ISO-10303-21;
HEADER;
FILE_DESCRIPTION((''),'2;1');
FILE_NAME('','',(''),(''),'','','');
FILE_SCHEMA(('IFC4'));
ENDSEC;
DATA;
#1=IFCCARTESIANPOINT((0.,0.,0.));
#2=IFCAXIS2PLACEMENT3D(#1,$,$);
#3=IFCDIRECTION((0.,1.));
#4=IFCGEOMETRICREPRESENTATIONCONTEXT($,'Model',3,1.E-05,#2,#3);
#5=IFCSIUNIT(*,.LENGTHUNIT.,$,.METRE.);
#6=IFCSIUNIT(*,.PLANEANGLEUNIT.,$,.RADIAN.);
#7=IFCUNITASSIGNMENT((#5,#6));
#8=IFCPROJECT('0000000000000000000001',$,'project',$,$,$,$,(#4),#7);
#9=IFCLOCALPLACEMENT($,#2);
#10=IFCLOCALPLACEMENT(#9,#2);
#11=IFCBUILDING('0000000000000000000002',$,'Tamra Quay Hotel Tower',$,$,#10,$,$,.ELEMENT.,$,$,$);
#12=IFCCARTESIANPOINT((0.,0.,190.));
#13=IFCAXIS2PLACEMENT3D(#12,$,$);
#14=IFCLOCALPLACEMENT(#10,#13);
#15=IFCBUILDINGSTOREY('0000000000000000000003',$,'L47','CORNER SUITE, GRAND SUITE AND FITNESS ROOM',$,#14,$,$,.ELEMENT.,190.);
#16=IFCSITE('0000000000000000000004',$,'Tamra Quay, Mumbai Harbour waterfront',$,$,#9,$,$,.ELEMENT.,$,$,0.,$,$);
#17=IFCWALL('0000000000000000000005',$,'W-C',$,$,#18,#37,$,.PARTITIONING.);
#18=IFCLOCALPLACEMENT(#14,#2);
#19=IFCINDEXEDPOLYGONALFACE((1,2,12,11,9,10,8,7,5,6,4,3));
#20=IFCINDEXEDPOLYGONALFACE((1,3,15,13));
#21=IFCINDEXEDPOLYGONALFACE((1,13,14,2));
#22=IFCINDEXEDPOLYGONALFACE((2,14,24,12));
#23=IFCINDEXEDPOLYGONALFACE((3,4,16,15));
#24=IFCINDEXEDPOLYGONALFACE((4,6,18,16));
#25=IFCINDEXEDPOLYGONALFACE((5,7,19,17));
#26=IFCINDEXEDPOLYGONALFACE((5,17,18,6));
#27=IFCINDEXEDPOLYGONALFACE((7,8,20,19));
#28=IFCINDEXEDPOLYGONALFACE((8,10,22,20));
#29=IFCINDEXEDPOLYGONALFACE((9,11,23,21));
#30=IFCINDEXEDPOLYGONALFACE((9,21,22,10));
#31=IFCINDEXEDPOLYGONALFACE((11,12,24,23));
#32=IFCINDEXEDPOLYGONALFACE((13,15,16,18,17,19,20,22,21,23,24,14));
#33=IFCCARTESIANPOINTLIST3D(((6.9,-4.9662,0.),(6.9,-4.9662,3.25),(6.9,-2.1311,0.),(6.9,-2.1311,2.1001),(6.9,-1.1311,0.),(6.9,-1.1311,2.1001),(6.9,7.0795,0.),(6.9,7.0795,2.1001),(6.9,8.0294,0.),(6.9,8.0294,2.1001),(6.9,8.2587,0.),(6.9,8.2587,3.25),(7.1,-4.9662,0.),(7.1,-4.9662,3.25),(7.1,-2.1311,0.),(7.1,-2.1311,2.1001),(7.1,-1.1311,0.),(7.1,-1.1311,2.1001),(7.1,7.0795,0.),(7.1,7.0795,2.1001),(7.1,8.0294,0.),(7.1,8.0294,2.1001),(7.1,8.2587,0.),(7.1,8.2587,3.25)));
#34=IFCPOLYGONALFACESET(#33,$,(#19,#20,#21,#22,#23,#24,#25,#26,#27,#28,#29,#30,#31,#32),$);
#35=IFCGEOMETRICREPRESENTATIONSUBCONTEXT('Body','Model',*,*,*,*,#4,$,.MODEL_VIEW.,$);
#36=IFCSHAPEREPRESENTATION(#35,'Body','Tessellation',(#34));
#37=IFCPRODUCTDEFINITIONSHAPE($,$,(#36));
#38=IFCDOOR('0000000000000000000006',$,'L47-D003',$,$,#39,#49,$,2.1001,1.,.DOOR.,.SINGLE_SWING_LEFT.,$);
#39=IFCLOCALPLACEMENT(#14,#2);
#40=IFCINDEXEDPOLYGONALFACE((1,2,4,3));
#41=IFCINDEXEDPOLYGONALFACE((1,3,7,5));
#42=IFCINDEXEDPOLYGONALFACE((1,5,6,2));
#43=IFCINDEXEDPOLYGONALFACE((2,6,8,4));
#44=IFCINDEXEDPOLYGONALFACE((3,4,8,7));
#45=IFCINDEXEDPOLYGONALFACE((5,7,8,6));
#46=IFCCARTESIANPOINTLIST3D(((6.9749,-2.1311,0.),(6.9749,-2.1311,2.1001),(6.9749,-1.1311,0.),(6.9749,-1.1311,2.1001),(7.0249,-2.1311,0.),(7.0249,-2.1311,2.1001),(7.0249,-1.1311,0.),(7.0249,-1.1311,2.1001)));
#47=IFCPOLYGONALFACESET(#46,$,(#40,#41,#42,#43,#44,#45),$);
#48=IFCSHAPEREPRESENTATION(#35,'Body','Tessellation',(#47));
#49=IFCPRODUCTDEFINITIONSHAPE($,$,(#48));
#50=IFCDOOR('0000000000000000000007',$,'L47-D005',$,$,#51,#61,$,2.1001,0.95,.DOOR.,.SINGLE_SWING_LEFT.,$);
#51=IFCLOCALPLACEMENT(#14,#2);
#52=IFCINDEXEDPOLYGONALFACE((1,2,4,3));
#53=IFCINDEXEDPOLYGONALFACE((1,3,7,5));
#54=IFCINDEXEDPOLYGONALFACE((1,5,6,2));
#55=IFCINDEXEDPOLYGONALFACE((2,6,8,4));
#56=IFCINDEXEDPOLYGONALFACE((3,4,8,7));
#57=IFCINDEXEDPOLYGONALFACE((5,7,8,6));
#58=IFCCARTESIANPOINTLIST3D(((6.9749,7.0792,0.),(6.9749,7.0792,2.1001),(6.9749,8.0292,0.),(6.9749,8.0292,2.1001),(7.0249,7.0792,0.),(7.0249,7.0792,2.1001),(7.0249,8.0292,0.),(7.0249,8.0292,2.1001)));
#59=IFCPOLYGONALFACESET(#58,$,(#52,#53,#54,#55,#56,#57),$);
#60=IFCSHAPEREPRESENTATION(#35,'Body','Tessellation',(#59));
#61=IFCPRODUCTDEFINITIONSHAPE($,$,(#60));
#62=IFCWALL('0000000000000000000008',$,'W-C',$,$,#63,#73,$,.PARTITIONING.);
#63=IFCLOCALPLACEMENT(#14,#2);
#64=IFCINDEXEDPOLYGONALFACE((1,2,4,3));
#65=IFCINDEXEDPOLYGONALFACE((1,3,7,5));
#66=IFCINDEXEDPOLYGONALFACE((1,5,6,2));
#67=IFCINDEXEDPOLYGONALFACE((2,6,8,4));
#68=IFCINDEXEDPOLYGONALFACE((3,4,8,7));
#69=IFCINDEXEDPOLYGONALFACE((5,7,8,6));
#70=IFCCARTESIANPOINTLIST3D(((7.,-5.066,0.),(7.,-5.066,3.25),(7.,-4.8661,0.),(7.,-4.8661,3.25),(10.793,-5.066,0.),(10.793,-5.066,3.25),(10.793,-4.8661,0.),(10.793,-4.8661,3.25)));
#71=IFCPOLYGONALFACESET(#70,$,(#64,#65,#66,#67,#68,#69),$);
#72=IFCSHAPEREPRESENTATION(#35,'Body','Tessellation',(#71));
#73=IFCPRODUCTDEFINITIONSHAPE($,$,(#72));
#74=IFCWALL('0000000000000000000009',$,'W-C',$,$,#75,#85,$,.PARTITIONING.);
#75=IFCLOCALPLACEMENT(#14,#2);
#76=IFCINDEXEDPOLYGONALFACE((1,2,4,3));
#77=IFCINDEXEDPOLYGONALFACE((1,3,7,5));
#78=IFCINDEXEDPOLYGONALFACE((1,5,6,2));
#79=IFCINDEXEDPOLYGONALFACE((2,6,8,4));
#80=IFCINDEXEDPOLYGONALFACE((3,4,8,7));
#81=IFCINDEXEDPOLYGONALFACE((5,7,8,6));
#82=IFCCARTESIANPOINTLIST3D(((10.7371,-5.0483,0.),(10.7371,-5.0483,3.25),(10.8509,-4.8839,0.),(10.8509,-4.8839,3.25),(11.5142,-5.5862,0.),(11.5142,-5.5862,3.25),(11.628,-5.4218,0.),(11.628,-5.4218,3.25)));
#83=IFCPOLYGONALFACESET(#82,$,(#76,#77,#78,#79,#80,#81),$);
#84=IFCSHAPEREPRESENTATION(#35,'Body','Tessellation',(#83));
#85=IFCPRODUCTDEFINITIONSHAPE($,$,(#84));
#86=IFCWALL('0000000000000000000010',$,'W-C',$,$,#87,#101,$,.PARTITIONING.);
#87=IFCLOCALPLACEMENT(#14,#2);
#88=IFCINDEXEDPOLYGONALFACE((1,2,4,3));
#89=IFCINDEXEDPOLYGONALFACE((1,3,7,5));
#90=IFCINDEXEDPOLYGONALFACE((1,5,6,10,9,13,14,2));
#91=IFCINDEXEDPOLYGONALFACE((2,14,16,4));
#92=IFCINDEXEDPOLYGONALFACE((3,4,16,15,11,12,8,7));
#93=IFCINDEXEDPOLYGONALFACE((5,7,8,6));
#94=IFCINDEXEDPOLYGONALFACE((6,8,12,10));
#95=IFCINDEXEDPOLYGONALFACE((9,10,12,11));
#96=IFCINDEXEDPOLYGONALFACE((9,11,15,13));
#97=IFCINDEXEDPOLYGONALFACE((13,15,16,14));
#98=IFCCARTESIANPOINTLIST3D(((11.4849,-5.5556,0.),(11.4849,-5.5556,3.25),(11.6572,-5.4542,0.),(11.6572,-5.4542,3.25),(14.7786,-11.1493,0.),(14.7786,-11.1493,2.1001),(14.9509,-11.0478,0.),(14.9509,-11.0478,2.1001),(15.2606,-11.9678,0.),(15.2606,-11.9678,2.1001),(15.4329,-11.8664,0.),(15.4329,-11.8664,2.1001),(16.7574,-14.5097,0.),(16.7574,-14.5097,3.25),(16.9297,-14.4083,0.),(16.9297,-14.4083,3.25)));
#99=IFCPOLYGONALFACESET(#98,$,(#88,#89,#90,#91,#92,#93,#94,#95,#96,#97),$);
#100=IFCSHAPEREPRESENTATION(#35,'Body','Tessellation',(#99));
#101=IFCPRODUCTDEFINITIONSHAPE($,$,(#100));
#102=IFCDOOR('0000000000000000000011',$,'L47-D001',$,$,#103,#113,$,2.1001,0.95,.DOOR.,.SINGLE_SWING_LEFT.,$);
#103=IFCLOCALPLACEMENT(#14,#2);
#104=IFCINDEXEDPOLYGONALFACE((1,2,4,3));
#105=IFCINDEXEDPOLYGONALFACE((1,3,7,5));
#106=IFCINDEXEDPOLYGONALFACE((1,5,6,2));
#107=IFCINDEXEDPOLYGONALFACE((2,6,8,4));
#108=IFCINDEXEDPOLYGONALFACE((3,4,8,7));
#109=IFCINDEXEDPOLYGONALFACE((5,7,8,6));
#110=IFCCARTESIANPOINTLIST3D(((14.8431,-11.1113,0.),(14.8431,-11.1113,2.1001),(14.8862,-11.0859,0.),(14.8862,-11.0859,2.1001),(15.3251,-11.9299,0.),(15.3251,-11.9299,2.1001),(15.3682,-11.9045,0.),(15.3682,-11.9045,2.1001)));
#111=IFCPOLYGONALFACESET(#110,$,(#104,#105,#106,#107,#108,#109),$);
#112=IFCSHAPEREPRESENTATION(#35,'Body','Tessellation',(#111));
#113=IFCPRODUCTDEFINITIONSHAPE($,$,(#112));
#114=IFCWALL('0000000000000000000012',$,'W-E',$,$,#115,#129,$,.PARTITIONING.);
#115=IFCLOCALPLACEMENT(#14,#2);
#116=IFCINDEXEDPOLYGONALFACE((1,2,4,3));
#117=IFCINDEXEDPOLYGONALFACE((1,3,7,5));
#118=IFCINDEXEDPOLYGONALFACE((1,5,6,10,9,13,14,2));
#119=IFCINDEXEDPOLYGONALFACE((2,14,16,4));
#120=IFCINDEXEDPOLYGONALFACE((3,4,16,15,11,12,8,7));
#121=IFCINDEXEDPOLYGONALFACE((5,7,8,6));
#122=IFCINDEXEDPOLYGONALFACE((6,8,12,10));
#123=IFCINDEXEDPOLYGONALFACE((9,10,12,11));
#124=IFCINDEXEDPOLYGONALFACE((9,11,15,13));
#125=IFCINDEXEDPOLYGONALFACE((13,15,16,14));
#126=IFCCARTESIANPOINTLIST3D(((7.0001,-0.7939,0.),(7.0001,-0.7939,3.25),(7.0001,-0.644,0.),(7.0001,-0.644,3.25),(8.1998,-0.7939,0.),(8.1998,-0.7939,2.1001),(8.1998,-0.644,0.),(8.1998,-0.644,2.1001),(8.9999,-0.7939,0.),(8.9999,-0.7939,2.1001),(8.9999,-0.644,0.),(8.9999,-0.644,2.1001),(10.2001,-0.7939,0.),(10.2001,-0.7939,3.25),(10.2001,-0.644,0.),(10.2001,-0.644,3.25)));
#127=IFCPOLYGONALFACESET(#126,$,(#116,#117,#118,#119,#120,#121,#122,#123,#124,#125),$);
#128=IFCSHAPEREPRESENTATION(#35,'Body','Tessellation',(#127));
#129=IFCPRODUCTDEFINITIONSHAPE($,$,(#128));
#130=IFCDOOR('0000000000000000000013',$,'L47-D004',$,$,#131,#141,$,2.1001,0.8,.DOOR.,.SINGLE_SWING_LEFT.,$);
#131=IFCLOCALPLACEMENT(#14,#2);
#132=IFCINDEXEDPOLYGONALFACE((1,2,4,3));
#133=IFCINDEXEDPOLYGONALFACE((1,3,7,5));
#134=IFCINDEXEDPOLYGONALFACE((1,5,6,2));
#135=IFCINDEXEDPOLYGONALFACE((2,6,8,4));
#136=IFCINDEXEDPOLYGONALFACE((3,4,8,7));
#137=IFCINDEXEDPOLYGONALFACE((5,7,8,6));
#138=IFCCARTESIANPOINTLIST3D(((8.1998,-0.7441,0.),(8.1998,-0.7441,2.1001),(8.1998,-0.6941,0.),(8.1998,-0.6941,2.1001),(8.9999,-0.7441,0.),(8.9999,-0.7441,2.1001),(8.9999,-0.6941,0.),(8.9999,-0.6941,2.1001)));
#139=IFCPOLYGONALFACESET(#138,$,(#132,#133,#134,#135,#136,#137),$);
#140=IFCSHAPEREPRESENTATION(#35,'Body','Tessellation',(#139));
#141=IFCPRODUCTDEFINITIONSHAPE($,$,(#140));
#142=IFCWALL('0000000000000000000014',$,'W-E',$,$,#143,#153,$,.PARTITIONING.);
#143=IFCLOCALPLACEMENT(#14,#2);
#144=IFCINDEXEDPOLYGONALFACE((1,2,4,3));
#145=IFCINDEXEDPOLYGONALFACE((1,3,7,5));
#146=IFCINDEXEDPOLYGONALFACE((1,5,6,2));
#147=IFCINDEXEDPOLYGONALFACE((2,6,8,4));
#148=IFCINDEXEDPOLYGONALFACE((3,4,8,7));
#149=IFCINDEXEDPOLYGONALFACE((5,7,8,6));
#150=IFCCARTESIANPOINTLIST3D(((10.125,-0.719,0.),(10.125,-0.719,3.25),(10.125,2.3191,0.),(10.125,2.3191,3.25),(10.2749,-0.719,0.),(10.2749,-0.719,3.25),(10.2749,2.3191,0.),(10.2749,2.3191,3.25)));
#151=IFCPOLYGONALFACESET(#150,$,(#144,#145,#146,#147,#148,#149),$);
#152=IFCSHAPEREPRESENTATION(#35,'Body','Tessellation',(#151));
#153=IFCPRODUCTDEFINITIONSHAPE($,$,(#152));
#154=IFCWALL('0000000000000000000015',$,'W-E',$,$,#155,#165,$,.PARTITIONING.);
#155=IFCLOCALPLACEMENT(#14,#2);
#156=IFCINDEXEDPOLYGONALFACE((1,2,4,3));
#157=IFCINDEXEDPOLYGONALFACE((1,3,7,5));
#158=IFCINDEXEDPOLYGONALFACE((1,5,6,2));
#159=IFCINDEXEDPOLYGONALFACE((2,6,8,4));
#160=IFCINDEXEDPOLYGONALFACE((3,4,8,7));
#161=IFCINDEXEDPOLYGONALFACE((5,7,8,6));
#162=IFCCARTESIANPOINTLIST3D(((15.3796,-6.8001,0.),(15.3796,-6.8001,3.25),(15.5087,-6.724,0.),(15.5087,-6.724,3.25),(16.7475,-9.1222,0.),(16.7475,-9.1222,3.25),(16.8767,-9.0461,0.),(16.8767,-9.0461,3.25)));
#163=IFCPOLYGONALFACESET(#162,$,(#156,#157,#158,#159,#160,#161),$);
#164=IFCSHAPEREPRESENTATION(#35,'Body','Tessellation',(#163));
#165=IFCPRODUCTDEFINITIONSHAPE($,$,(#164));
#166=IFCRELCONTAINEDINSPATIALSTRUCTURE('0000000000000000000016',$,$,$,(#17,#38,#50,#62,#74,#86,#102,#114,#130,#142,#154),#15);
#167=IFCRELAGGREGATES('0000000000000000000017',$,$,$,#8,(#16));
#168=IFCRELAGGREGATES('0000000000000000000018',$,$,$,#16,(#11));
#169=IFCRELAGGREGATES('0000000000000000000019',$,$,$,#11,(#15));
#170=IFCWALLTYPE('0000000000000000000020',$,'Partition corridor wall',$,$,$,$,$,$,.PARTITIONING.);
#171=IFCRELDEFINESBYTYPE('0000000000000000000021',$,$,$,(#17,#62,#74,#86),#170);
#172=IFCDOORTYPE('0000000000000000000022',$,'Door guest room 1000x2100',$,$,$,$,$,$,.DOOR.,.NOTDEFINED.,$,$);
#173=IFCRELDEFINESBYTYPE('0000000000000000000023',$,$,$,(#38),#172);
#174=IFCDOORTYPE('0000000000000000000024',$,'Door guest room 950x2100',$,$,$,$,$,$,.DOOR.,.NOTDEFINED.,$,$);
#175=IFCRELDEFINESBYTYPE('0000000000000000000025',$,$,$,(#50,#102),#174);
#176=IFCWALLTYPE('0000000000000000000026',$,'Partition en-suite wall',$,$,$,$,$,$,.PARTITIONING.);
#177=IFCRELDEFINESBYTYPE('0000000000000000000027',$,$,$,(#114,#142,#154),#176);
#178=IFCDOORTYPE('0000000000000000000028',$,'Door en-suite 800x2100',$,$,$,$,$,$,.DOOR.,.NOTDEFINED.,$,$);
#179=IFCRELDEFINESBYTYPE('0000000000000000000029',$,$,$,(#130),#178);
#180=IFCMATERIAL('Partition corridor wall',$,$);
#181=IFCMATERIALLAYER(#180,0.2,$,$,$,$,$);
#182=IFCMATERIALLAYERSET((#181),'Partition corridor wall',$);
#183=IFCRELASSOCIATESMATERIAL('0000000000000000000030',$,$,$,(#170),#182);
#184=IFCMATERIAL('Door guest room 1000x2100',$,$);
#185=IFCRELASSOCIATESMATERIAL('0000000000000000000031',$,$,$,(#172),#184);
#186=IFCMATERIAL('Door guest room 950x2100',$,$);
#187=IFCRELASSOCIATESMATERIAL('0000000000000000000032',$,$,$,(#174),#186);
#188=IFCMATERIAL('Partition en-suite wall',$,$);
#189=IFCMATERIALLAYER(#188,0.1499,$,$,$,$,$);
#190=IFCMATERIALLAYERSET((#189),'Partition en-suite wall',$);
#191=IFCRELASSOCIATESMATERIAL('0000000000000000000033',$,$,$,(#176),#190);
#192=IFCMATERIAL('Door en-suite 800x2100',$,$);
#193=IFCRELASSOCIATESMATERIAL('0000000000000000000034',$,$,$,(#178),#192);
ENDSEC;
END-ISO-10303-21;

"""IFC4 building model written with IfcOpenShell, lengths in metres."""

from ifc_helpers import new_model, si_unit, direction, frame, frame_2d, origin, place, context, subcontext, project, spatial, rectangle, extrude, material, layer, layer_set, type_object, element, fill, save


model = new_model("IFC4")

# Units and contexts
model_context = context("Model", 3, precision=1e-05, world=origin(), true_north=direction((0.0, 1.0)))
body_context = subcontext(model_context, "Body", "Model", "MODEL_VIEW")
ifc_project = project(units=[si_unit("LENGTHUNIT", "METRE"), si_unit("PLANEANGLEUNIT", "RADIAN")], contexts=[model_context])

# Site, building, storey
site_placement = place(None, origin())
site = spatial("IfcSite", under=ifc_project, at=site_placement, Name="Tamra Quay, Mumbai Harbour waterfront", CompositionType="ELEMENT", RefElevation=0.0)
building_placement = place(site_placement, origin())
building = spatial("IfcBuilding", under=site, at=building_placement, Name="Tamra Quay Hotel Tower", CompositionType="ELEMENT")
storey_placement = place(building_placement, frame((0.0, 0.0, 190.0)))
storey = spatial("IfcBuildingStorey", under=building, at=storey_placement, Name="L47", Description="CORNER SUITE, GRAND SUITE AND FITNESS ROOM", CompositionType="ELEMENT", Elevation=190.0)

# Wall, openings, doors
ifc_material_1 = material(Name="Partition corridor wall")
ifc_layer_1 = layer(ifc_material_1, 0.2)
ifc_layer_set_1 = layer_set([ifc_layer_1], Name="Partition corridor wall")
wall_type_1 = type_object("IfcWallType", Name="Partition corridor wall", PredefinedType="PARTITIONING", material=ifc_layer_set_1)
wall_1_placement = place(storey_placement, frame((7.0, -4.9661, 0.0), z_axis=(0.0, 0.0, 1.0), x_axis=(0.0, 1.0, 0.0)))
wall_1 = element("IfcWall", 1, at=wall_1_placement, inside=storey, type_object=wall_type_1, Name="W-C", PredefinedType="PARTITIONING", context=body_context, shape_type="SweptSolid", body=[
    extrude(rectangle(XDim=13.2249, YDim=0.2, at=frame_2d((6.6123, 0.0))), origin(), (0.0, 0.0, 1.0), 3.25),
])
opening_1_placement = place(wall_1_placement, frame((2.835, 0.0, 0.0)))
opening_1 = element("IfcOpeningElement", 2, at=opening_1_placement, cuts=wall_1, PredefinedType="OPENING", context=body_context, shape_type="SweptSolid", body=[
    extrude(rectangle(XDim=1.0, YDim=2.1001, at=frame_2d((0.5, 1.05))), frame((0.0, 0.1099, 0.0), z_axis=(0.0, -1.0, 0.0), x_axis=(1.0, 0.0, 0.0)), (0.0, 0.0, 1.0), 0.22),
])
opening_2_placement = place(wall_1_placement, frame((12.0454, 0.0, 0.0)))
opening_2 = element("IfcOpeningElement", 3, at=opening_2_placement, cuts=wall_1, PredefinedType="OPENING", context=body_context, shape_type="SweptSolid", body=[
    extrude(rectangle(XDim=0.95, YDim=2.1001, at=frame_2d((0.4751, 1.05))), frame((0.0, 0.1099, 0.0), z_axis=(0.0, -1.0, 0.0), x_axis=(1.0, 0.0, 0.0)), (0.0, 0.0, 1.0), 0.22),
])
ifc_material_2 = material(Name="Door guest room 1000x2100")
door_type_1 = type_object("IfcDoorType", Name="Door guest room 1000x2100", OperationType="NOTDEFINED", PredefinedType="DOOR", material=ifc_material_2)
door_1_placement = place(opening_1_placement, frame((1.0, 0.0, 0.0), z_axis=(0.0, 0.0, 1.0), x_axis=(-1.0, 0.0, 0.0)))
door_1 = element("IfcDoor", 4, at=door_1_placement, inside=storey, type_object=door_type_1, Name="L47-D003", OperationType="SINGLE_SWING_LEFT", OverallHeight=2.1001, OverallWidth=1.0, PredefinedType="DOOR", context=body_context, shape_type="SweptSolid", body=[
    extrude(rectangle(XDim=1.0, YDim=2.1001, at=frame_2d((0.5, 1.05))), frame((0.0, 0.0249, 0.0), z_axis=(0.0, -1.0, 0.0), x_axis=(1.0, 0.0, 0.0)), (0.0, 0.0, 1.0), 0.05),
])
fill(opening_1, door_1)
ifc_material_3 = material(Name="Door guest room 950x2100")
door_type_2 = type_object("IfcDoorType", Name="Door guest room 950x2100", OperationType="NOTDEFINED", PredefinedType="DOOR", material=ifc_material_3)
door_2_placement = place(opening_2_placement, frame((0.95, 0.0, 0.0), z_axis=(0.0, 0.0, 1.0), x_axis=(-1.0, 0.0, 0.0)))
door_2 = element("IfcDoor", 5, at=door_2_placement, inside=storey, type_object=door_type_2, Name="L47-D005", OperationType="SINGLE_SWING_LEFT", OverallHeight=2.1001, OverallWidth=0.95, PredefinedType="DOOR", context=body_context, shape_type="SweptSolid", body=[
    extrude(rectangle(XDim=0.95, YDim=2.1001, at=frame_2d((0.4751, 1.05))), frame((0.0, 0.0249, 0.0), z_axis=(0.0, -1.0, 0.0), x_axis=(1.0, 0.0, 0.0)), (0.0, 0.0, 1.0), 0.05),
])
fill(opening_2, door_2)

# Walls
wall_2_placement = place(storey_placement, frame((7.0, -4.9661, 0.0), z_axis=(0.0, 0.0, 1.0), x_axis=(1.0, 0.0, 0.0)))
element("IfcWall", 6, at=wall_2_placement, inside=storey, type_object=wall_type_1, Name="W-C", PredefinedType="PARTITIONING", context=body_context, shape_type="SweptSolid", body=[
    extrude(rectangle(XDim=3.793, YDim=0.2, at=frame_2d((1.8965, 0.0))), origin(), (0.0, 0.0, 1.0), 3.25),
])
wall_3_placement = place(storey_placement, frame((10.7939, -4.9661, 0.0), z_axis=(0.0, 0.0, 1.0), x_axis=(0.822267, -0.569103, 0.0)))
element("IfcWall", 7, at=wall_3_placement, inside=storey, type_object=wall_type_1, Name="W-C", PredefinedType="PARTITIONING", context=body_context, shape_type="SweptSolid", body=[
    extrude(rectangle(XDim=0.9451, YDim=0.2, at=frame_2d((0.4727, 0.0))), origin(), (0.0, 0.0, 1.0), 3.25),
])

# Walls, openings, doors
wall_4_placement = place(storey_placement, frame((11.571, -5.5049, 0.0), z_axis=(0.0, 0.0, 1.0), x_axis=(0.507402, -0.861709, 0.0)))
wall_4 = element("IfcWall", 8, at=wall_4_placement, inside=storey, type_object=wall_type_1, Name="W-C", PredefinedType="PARTITIONING", context=body_context, shape_type="SweptSolid", body=[
    extrude(rectangle(XDim=10.3911, YDim=0.2, at=frame_2d((5.1956, 0.0))), origin(), (0.0, 0.0, 1.0), 3.25),
])
opening_3_placement = place(wall_4_placement, frame((6.4912, 0.0, 0.0)))
opening_3 = element("IfcOpeningElement", 9, at=opening_3_placement, cuts=wall_4, PredefinedType="OPENING", context=body_context, shape_type="SweptSolid", body=[
    extrude(rectangle(XDim=0.95, YDim=2.1001, at=frame_2d((0.4751, 1.05))), frame((0.0, 0.1099, 0.0), z_axis=(0.0, -1.0, 0.0), x_axis=(1.0, 0.0, 0.0)), (0.0, 0.0, 1.0), 0.22),
])
door_3_placement = place(opening_3_placement, origin())
door_3 = element("IfcDoor", 10, at=door_3_placement, inside=storey, type_object=door_type_2, Name="L47-D001", OperationType="SINGLE_SWING_LEFT", OverallHeight=2.1001, OverallWidth=0.95, PredefinedType="DOOR", context=body_context, shape_type="SweptSolid", body=[
    extrude(rectangle(XDim=0.95, YDim=2.1001, at=frame_2d((0.4751, 1.05))), frame((0.0, 0.0249, 0.0), z_axis=(0.0, -1.0, 0.0), x_axis=(1.0, 0.0, 0.0)), (0.0, 0.0, 1.0), 0.05),
])
fill(opening_3, door_3)
ifc_material_4 = material(Name="Partition en-suite wall")
ifc_layer_2 = layer(ifc_material_4, 0.1499)
ifc_layer_set_2 = layer_set([ifc_layer_2], Name="Partition en-suite wall")
wall_type_2 = type_object("IfcWallType", Name="Partition en-suite wall", PredefinedType="PARTITIONING", material=ifc_layer_set_2)
wall_5_placement = place(storey_placement, frame((7.0, -0.719, 0.0), z_axis=(0.0, 0.0, 1.0), x_axis=(1.0, 0.0, 0.0)))
wall_5 = element("IfcWall", 11, at=wall_5_placement, inside=storey, type_object=wall_type_2, Name="W-E", PredefinedType="PARTITIONING", context=body_context, shape_type="SweptSolid", body=[
    extrude(rectangle(XDim=3.2, YDim=0.1499, at=frame_2d((1.6001, 0.0))), origin(), (0.0, 0.0, 1.0), 3.25),
])
opening_4_placement = place(wall_5_placement, frame((1.2, 0.0, 0.0)))
opening_4 = element("IfcOpeningElement", 12, at=opening_4_placement, cuts=wall_5, PredefinedType="OPENING", context=body_context, shape_type="SweptSolid", body=[
    extrude(rectangle(XDim=0.8, YDim=2.1001, at=frame_2d((0.3999, 1.05))), frame((0.0, 0.085, 0.0), z_axis=(0.0, -1.0, 0.0), x_axis=(1.0, 0.0, 0.0)), (0.0, 0.0, 1.0), 0.1699),
])
ifc_material_5 = material(Name="Door en-suite 800x2100")
door_type_3 = type_object("IfcDoorType", Name="Door en-suite 800x2100", OperationType="NOTDEFINED", PredefinedType="DOOR", material=ifc_material_5)
door_4_placement = place(opening_4_placement, origin())
door_4 = element("IfcDoor", 13, at=door_4_placement, inside=storey, type_object=door_type_3, Name="L47-D004", OperationType="SINGLE_SWING_LEFT", OverallHeight=2.1001, OverallWidth=0.8, PredefinedType="DOOR", context=body_context, shape_type="SweptSolid", body=[
    extrude(rectangle(XDim=0.8, YDim=2.1001, at=frame_2d((0.3999, 1.05))), frame((0.0, 0.0249, 0.0), z_axis=(0.0, -1.0, 0.0), x_axis=(1.0, 0.0, 0.0)), (0.0, 0.0, 1.0), 0.05),
])
fill(opening_4, door_4)

# Walls
wall_6_placement = place(storey_placement, frame((10.2, -0.719, 0.0), z_axis=(0.0, 0.0, 1.0), x_axis=(0.0, 1.0, 0.0)))
element("IfcWall", 14, at=wall_6_placement, inside=storey, type_object=wall_type_2, Name="W-E", PredefinedType="PARTITIONING", context=body_context, shape_type="SweptSolid", body=[
    extrude(rectangle(XDim=3.0381, YDim=0.1499, at=frame_2d((1.519, 0.0))), origin(), (0.0, 0.0, 1.0), 3.25),
])
wall_7_placement = place(storey_placement, frame((15.4441, -6.762, 0.0), z_axis=(0.0, 0.0, 1.0), x_axis=(0.507578, -0.861606, 0.0)))
element("IfcWall", 15, at=wall_7_placement, inside=storey, type_object=wall_type_2, Name="W-E", PredefinedType="PARTITIONING", context=body_context, shape_type="SweptSolid", body=[
    extrude(rectangle(XDim=2.6951, YDim=0.1499, at=frame_2d((1.3477, 0.0))), origin(), (0.0, 0.0, 1.0), 3.25),
])

save(model, "model.ifc")
